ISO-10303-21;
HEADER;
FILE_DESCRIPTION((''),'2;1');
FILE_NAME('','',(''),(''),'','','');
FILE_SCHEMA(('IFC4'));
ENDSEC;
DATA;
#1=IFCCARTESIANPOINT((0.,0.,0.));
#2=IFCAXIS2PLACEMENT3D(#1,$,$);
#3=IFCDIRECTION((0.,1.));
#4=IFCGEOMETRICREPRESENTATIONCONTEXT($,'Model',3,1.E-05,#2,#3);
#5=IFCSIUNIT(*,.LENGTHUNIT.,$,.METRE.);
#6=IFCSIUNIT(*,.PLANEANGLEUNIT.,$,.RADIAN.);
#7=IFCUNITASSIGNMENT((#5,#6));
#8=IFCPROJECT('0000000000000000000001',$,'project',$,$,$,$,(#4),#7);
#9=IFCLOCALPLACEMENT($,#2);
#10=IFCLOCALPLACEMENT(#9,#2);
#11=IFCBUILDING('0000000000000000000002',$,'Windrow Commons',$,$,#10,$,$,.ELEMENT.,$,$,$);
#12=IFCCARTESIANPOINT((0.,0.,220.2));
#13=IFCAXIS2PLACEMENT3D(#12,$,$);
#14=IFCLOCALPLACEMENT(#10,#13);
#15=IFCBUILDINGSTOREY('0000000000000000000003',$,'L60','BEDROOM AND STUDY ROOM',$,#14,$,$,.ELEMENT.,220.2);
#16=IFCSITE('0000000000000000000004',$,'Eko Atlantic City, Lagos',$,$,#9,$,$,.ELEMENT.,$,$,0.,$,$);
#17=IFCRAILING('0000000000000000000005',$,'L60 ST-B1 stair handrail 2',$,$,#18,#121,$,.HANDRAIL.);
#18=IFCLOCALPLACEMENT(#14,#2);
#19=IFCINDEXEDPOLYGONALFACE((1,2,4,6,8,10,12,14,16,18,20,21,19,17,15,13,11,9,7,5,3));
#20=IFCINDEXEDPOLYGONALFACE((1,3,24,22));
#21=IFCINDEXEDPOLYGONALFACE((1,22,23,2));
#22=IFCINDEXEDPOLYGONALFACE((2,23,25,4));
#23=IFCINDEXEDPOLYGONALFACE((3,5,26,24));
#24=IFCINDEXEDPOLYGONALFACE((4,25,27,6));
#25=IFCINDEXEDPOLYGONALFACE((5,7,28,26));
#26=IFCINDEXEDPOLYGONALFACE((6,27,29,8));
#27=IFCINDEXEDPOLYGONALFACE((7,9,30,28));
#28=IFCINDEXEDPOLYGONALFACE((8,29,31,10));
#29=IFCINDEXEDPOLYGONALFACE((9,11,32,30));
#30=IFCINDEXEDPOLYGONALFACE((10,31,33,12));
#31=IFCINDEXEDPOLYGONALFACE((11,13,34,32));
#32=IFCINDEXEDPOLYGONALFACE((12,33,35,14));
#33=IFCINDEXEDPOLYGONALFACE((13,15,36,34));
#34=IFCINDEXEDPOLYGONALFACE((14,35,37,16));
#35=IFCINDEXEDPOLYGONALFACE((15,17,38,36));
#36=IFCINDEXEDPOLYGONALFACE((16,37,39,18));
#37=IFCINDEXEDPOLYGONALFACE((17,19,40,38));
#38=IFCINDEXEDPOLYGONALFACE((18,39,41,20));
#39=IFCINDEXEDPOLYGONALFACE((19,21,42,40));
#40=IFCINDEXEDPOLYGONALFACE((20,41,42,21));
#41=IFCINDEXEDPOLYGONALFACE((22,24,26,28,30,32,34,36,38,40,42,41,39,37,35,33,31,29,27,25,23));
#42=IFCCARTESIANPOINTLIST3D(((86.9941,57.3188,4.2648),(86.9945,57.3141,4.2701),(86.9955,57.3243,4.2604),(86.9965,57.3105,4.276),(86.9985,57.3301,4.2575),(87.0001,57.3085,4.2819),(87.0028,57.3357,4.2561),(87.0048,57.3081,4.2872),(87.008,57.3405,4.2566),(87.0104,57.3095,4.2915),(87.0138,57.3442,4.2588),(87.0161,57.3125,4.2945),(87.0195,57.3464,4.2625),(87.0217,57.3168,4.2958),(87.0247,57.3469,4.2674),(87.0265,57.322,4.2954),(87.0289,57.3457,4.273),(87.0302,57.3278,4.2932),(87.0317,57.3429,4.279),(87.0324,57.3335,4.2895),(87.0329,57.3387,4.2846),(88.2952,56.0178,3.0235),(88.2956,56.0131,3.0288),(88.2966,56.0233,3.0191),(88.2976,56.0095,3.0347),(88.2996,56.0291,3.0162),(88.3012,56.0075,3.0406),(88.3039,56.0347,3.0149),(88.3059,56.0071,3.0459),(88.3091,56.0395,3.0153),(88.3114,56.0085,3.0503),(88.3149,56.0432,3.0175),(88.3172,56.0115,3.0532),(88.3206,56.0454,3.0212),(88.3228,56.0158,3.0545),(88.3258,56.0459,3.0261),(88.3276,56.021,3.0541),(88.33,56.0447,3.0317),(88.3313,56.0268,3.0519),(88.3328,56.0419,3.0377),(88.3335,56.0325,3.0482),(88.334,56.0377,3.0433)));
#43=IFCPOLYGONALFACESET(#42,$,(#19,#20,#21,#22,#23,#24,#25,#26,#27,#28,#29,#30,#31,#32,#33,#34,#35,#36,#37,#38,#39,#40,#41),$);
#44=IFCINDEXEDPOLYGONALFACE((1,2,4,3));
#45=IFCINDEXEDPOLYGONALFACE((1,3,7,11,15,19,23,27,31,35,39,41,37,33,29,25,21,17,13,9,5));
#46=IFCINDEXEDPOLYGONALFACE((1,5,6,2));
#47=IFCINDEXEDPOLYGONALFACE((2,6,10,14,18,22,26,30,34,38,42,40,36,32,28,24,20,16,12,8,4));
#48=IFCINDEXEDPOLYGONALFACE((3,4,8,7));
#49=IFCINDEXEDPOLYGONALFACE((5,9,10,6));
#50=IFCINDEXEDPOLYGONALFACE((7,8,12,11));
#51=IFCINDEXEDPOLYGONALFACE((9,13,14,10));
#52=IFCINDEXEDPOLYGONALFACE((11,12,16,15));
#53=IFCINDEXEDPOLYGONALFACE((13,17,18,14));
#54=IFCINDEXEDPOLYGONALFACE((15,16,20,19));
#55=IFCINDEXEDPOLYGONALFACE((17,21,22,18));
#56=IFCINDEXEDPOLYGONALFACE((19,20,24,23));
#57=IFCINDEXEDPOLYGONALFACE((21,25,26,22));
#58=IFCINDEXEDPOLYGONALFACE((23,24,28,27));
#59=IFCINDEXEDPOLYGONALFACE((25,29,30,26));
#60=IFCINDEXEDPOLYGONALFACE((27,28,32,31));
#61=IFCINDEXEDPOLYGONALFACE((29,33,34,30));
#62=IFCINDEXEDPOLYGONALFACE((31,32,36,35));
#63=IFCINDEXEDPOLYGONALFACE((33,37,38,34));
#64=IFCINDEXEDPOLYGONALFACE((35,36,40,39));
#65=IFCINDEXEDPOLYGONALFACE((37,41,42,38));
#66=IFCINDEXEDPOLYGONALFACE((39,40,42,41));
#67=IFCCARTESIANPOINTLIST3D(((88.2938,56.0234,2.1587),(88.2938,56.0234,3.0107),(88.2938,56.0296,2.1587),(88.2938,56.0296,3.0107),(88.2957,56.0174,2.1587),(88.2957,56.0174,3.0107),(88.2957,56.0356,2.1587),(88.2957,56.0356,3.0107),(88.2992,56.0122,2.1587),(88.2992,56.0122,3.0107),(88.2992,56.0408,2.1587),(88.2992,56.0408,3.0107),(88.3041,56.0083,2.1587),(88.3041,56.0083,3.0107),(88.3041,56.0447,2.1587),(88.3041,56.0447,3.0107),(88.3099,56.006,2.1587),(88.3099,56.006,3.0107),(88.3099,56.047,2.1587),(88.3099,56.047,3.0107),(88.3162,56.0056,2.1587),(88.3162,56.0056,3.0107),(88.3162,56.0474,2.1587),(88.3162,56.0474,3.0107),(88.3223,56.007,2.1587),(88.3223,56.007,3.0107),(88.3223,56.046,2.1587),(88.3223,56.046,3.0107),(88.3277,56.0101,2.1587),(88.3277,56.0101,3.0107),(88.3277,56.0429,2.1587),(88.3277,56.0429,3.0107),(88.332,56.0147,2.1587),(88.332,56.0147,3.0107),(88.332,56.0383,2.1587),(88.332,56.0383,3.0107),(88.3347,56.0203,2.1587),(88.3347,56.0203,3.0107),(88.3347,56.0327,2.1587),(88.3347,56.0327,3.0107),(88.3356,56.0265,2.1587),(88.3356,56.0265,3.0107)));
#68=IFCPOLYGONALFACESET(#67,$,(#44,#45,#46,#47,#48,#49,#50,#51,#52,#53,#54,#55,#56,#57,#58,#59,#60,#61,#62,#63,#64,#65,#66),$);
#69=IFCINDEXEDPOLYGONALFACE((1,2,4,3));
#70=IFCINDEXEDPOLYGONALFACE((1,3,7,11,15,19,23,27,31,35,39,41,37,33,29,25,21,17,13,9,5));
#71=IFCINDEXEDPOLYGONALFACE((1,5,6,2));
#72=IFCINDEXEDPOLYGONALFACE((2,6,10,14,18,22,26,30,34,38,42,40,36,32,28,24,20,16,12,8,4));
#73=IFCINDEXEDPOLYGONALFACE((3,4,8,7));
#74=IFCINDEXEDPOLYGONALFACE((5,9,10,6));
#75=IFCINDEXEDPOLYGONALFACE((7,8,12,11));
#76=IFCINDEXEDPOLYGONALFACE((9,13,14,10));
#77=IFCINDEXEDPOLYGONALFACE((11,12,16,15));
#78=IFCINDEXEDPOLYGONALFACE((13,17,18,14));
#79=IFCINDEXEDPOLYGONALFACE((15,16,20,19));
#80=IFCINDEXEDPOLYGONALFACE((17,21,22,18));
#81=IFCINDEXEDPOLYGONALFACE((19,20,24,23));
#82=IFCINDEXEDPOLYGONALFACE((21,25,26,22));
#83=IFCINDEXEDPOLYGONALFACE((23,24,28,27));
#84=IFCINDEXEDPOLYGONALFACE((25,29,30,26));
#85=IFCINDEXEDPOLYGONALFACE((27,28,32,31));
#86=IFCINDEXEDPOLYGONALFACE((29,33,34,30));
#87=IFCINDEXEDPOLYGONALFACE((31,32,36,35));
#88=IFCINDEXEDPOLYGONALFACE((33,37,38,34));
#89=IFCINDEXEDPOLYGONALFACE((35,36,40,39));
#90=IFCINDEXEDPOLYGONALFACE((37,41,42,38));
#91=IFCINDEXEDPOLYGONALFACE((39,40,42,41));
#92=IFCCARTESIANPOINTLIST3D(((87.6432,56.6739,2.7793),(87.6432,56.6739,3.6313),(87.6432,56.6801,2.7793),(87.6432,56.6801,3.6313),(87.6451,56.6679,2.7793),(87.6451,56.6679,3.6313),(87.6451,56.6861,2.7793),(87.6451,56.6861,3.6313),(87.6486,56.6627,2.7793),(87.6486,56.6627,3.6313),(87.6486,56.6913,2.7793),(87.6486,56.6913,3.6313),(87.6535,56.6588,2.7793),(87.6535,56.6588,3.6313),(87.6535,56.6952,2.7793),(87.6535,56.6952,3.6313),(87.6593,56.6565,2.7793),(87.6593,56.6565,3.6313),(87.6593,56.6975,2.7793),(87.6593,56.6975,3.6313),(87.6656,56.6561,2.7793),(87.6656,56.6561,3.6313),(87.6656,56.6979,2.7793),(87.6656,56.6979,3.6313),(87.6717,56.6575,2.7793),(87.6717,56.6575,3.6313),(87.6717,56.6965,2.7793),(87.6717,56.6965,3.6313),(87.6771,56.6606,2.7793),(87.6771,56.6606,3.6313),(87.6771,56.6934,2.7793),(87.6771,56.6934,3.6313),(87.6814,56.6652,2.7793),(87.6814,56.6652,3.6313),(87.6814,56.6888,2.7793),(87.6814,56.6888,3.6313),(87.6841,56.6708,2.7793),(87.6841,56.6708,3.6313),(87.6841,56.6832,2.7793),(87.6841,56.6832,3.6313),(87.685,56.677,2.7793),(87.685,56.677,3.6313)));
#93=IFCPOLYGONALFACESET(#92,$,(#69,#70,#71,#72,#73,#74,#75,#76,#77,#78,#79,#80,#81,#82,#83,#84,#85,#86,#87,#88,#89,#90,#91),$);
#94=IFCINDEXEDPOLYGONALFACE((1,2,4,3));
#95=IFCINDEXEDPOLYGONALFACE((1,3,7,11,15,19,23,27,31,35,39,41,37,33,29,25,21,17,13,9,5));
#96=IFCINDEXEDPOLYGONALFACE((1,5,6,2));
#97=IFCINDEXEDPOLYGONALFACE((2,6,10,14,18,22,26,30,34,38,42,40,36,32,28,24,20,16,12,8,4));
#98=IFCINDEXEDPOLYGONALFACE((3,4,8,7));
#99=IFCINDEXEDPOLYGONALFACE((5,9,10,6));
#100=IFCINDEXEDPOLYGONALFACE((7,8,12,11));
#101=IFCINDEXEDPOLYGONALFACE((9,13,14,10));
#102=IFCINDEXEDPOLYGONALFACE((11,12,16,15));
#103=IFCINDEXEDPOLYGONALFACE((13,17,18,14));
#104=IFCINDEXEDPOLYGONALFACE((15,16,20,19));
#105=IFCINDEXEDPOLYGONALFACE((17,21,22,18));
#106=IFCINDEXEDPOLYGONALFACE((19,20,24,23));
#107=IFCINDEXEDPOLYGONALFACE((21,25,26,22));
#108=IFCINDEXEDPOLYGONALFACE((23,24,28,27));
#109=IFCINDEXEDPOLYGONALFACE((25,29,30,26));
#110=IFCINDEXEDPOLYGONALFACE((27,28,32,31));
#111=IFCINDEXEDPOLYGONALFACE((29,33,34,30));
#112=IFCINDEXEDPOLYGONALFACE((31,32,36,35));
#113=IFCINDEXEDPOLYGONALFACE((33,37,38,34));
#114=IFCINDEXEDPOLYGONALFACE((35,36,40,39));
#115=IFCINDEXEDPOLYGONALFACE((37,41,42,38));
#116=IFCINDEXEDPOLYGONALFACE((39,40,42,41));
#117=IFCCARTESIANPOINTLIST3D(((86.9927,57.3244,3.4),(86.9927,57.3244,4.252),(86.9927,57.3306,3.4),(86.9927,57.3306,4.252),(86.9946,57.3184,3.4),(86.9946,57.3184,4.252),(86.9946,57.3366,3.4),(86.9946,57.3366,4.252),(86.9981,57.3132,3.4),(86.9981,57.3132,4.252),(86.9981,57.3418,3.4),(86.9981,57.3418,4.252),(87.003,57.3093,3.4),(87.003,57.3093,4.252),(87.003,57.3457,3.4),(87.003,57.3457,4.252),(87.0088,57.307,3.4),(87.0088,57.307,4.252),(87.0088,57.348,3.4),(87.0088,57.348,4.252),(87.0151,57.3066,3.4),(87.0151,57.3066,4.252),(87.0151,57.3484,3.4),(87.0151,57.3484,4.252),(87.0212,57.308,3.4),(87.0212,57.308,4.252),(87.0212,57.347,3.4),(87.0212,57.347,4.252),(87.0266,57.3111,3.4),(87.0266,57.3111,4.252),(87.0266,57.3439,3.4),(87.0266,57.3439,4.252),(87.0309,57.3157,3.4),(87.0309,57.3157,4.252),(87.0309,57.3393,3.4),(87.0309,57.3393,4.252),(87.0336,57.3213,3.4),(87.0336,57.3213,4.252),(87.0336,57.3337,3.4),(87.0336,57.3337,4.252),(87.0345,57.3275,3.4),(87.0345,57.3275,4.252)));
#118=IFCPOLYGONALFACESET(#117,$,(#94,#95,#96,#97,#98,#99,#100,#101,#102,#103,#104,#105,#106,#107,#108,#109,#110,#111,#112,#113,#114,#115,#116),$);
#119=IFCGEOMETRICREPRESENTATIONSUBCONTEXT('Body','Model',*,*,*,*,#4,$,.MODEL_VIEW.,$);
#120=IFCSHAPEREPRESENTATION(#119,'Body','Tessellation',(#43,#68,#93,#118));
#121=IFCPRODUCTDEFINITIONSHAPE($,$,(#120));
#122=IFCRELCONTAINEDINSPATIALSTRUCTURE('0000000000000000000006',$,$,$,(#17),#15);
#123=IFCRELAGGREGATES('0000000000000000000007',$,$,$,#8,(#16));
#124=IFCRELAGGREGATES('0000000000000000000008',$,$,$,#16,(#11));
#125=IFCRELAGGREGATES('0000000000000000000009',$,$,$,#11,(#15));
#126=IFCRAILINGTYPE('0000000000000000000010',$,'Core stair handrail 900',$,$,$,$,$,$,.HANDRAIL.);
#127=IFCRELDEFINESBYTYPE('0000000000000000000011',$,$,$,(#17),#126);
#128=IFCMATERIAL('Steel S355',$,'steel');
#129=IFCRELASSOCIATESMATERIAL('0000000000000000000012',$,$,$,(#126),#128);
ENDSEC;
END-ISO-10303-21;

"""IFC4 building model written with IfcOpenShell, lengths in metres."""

from ifc_helpers import new_model, si_unit, direction, frame, origin, origin_2d, place, context, subcontext, project, spatial, circle, extrude, material, type_object, element, save


model = new_model("IFC4")

# Units and contexts
model_context = context("Model", 3, precision=1e-05, world=origin(), true_north=direction((0.0, 1.0)))
body_context = subcontext(model_context, "Body", "Model", "MODEL_VIEW")
ifc_project = project(units=[si_unit("LENGTHUNIT", "METRE"), si_unit("PLANEANGLEUNIT", "RADIAN")], contexts=[model_context])

# Site, building, storey
site_placement = place(None, origin())
site = spatial("IfcSite", under=ifc_project, at=site_placement, Name="Eko Atlantic City, Lagos", CompositionType="ELEMENT", RefElevation=0.0)
building_placement = place(site_placement, origin())
building = spatial("IfcBuilding", under=site, at=building_placement, Name="Windrow Commons", CompositionType="ELEMENT")
storey_placement = place(building_placement, frame((0.0, 0.0, 220.2)))
storey = spatial("IfcBuildingStorey", under=building, at=storey_placement, Name="L60", Description="BEDROOM AND STUDY ROOM", CompositionType="ELEMENT", Elevation=220.2)

# Railing
ifc_material_1 = material(Name="Steel S355", Category="steel")
railing_type_1 = type_object("IfcRailingType", Name="Core stair handrail 900", PredefinedType="HANDRAIL", material=ifc_material_1)
railing_1_placement = place(storey_placement, frame((88.3146, 56.0265, 2.1587)))
element("IfcRailing", 1, at=railing_1_placement, inside=storey, type_object=railing_type_1, Name="L60 ST-B1 stair handrail 2", PredefinedType="HANDRAIL", context=body_context, shape_type="SweptSolid", body=[
    extrude(circle(Radius=0.024, at=origin_2d()), frame((0.0, 0.0, 0.876), z_axis=(-0.586207, 0.586162, 0.559264), x_axis=(-0.70708, -0.707134, 0.0)), (0.0, 0.0, 1.0), 2.2195),
    extrude(circle(Radius=0.021, at=origin_2d()), origin(), (0.0, 0.0, 1.0), 0.852),
    extrude(circle(Radius=0.021, at=origin_2d()), frame((-0.6506, 0.6505, 0.6206)), (0.0, 0.0, 1.0), 0.852),
    extrude(circle(Radius=0.021, at=origin_2d()), frame((-1.3011, 1.301, 1.2413)), (0.0, 0.0, 1.0), 0.852),
])

save(model, "model.ifc")
